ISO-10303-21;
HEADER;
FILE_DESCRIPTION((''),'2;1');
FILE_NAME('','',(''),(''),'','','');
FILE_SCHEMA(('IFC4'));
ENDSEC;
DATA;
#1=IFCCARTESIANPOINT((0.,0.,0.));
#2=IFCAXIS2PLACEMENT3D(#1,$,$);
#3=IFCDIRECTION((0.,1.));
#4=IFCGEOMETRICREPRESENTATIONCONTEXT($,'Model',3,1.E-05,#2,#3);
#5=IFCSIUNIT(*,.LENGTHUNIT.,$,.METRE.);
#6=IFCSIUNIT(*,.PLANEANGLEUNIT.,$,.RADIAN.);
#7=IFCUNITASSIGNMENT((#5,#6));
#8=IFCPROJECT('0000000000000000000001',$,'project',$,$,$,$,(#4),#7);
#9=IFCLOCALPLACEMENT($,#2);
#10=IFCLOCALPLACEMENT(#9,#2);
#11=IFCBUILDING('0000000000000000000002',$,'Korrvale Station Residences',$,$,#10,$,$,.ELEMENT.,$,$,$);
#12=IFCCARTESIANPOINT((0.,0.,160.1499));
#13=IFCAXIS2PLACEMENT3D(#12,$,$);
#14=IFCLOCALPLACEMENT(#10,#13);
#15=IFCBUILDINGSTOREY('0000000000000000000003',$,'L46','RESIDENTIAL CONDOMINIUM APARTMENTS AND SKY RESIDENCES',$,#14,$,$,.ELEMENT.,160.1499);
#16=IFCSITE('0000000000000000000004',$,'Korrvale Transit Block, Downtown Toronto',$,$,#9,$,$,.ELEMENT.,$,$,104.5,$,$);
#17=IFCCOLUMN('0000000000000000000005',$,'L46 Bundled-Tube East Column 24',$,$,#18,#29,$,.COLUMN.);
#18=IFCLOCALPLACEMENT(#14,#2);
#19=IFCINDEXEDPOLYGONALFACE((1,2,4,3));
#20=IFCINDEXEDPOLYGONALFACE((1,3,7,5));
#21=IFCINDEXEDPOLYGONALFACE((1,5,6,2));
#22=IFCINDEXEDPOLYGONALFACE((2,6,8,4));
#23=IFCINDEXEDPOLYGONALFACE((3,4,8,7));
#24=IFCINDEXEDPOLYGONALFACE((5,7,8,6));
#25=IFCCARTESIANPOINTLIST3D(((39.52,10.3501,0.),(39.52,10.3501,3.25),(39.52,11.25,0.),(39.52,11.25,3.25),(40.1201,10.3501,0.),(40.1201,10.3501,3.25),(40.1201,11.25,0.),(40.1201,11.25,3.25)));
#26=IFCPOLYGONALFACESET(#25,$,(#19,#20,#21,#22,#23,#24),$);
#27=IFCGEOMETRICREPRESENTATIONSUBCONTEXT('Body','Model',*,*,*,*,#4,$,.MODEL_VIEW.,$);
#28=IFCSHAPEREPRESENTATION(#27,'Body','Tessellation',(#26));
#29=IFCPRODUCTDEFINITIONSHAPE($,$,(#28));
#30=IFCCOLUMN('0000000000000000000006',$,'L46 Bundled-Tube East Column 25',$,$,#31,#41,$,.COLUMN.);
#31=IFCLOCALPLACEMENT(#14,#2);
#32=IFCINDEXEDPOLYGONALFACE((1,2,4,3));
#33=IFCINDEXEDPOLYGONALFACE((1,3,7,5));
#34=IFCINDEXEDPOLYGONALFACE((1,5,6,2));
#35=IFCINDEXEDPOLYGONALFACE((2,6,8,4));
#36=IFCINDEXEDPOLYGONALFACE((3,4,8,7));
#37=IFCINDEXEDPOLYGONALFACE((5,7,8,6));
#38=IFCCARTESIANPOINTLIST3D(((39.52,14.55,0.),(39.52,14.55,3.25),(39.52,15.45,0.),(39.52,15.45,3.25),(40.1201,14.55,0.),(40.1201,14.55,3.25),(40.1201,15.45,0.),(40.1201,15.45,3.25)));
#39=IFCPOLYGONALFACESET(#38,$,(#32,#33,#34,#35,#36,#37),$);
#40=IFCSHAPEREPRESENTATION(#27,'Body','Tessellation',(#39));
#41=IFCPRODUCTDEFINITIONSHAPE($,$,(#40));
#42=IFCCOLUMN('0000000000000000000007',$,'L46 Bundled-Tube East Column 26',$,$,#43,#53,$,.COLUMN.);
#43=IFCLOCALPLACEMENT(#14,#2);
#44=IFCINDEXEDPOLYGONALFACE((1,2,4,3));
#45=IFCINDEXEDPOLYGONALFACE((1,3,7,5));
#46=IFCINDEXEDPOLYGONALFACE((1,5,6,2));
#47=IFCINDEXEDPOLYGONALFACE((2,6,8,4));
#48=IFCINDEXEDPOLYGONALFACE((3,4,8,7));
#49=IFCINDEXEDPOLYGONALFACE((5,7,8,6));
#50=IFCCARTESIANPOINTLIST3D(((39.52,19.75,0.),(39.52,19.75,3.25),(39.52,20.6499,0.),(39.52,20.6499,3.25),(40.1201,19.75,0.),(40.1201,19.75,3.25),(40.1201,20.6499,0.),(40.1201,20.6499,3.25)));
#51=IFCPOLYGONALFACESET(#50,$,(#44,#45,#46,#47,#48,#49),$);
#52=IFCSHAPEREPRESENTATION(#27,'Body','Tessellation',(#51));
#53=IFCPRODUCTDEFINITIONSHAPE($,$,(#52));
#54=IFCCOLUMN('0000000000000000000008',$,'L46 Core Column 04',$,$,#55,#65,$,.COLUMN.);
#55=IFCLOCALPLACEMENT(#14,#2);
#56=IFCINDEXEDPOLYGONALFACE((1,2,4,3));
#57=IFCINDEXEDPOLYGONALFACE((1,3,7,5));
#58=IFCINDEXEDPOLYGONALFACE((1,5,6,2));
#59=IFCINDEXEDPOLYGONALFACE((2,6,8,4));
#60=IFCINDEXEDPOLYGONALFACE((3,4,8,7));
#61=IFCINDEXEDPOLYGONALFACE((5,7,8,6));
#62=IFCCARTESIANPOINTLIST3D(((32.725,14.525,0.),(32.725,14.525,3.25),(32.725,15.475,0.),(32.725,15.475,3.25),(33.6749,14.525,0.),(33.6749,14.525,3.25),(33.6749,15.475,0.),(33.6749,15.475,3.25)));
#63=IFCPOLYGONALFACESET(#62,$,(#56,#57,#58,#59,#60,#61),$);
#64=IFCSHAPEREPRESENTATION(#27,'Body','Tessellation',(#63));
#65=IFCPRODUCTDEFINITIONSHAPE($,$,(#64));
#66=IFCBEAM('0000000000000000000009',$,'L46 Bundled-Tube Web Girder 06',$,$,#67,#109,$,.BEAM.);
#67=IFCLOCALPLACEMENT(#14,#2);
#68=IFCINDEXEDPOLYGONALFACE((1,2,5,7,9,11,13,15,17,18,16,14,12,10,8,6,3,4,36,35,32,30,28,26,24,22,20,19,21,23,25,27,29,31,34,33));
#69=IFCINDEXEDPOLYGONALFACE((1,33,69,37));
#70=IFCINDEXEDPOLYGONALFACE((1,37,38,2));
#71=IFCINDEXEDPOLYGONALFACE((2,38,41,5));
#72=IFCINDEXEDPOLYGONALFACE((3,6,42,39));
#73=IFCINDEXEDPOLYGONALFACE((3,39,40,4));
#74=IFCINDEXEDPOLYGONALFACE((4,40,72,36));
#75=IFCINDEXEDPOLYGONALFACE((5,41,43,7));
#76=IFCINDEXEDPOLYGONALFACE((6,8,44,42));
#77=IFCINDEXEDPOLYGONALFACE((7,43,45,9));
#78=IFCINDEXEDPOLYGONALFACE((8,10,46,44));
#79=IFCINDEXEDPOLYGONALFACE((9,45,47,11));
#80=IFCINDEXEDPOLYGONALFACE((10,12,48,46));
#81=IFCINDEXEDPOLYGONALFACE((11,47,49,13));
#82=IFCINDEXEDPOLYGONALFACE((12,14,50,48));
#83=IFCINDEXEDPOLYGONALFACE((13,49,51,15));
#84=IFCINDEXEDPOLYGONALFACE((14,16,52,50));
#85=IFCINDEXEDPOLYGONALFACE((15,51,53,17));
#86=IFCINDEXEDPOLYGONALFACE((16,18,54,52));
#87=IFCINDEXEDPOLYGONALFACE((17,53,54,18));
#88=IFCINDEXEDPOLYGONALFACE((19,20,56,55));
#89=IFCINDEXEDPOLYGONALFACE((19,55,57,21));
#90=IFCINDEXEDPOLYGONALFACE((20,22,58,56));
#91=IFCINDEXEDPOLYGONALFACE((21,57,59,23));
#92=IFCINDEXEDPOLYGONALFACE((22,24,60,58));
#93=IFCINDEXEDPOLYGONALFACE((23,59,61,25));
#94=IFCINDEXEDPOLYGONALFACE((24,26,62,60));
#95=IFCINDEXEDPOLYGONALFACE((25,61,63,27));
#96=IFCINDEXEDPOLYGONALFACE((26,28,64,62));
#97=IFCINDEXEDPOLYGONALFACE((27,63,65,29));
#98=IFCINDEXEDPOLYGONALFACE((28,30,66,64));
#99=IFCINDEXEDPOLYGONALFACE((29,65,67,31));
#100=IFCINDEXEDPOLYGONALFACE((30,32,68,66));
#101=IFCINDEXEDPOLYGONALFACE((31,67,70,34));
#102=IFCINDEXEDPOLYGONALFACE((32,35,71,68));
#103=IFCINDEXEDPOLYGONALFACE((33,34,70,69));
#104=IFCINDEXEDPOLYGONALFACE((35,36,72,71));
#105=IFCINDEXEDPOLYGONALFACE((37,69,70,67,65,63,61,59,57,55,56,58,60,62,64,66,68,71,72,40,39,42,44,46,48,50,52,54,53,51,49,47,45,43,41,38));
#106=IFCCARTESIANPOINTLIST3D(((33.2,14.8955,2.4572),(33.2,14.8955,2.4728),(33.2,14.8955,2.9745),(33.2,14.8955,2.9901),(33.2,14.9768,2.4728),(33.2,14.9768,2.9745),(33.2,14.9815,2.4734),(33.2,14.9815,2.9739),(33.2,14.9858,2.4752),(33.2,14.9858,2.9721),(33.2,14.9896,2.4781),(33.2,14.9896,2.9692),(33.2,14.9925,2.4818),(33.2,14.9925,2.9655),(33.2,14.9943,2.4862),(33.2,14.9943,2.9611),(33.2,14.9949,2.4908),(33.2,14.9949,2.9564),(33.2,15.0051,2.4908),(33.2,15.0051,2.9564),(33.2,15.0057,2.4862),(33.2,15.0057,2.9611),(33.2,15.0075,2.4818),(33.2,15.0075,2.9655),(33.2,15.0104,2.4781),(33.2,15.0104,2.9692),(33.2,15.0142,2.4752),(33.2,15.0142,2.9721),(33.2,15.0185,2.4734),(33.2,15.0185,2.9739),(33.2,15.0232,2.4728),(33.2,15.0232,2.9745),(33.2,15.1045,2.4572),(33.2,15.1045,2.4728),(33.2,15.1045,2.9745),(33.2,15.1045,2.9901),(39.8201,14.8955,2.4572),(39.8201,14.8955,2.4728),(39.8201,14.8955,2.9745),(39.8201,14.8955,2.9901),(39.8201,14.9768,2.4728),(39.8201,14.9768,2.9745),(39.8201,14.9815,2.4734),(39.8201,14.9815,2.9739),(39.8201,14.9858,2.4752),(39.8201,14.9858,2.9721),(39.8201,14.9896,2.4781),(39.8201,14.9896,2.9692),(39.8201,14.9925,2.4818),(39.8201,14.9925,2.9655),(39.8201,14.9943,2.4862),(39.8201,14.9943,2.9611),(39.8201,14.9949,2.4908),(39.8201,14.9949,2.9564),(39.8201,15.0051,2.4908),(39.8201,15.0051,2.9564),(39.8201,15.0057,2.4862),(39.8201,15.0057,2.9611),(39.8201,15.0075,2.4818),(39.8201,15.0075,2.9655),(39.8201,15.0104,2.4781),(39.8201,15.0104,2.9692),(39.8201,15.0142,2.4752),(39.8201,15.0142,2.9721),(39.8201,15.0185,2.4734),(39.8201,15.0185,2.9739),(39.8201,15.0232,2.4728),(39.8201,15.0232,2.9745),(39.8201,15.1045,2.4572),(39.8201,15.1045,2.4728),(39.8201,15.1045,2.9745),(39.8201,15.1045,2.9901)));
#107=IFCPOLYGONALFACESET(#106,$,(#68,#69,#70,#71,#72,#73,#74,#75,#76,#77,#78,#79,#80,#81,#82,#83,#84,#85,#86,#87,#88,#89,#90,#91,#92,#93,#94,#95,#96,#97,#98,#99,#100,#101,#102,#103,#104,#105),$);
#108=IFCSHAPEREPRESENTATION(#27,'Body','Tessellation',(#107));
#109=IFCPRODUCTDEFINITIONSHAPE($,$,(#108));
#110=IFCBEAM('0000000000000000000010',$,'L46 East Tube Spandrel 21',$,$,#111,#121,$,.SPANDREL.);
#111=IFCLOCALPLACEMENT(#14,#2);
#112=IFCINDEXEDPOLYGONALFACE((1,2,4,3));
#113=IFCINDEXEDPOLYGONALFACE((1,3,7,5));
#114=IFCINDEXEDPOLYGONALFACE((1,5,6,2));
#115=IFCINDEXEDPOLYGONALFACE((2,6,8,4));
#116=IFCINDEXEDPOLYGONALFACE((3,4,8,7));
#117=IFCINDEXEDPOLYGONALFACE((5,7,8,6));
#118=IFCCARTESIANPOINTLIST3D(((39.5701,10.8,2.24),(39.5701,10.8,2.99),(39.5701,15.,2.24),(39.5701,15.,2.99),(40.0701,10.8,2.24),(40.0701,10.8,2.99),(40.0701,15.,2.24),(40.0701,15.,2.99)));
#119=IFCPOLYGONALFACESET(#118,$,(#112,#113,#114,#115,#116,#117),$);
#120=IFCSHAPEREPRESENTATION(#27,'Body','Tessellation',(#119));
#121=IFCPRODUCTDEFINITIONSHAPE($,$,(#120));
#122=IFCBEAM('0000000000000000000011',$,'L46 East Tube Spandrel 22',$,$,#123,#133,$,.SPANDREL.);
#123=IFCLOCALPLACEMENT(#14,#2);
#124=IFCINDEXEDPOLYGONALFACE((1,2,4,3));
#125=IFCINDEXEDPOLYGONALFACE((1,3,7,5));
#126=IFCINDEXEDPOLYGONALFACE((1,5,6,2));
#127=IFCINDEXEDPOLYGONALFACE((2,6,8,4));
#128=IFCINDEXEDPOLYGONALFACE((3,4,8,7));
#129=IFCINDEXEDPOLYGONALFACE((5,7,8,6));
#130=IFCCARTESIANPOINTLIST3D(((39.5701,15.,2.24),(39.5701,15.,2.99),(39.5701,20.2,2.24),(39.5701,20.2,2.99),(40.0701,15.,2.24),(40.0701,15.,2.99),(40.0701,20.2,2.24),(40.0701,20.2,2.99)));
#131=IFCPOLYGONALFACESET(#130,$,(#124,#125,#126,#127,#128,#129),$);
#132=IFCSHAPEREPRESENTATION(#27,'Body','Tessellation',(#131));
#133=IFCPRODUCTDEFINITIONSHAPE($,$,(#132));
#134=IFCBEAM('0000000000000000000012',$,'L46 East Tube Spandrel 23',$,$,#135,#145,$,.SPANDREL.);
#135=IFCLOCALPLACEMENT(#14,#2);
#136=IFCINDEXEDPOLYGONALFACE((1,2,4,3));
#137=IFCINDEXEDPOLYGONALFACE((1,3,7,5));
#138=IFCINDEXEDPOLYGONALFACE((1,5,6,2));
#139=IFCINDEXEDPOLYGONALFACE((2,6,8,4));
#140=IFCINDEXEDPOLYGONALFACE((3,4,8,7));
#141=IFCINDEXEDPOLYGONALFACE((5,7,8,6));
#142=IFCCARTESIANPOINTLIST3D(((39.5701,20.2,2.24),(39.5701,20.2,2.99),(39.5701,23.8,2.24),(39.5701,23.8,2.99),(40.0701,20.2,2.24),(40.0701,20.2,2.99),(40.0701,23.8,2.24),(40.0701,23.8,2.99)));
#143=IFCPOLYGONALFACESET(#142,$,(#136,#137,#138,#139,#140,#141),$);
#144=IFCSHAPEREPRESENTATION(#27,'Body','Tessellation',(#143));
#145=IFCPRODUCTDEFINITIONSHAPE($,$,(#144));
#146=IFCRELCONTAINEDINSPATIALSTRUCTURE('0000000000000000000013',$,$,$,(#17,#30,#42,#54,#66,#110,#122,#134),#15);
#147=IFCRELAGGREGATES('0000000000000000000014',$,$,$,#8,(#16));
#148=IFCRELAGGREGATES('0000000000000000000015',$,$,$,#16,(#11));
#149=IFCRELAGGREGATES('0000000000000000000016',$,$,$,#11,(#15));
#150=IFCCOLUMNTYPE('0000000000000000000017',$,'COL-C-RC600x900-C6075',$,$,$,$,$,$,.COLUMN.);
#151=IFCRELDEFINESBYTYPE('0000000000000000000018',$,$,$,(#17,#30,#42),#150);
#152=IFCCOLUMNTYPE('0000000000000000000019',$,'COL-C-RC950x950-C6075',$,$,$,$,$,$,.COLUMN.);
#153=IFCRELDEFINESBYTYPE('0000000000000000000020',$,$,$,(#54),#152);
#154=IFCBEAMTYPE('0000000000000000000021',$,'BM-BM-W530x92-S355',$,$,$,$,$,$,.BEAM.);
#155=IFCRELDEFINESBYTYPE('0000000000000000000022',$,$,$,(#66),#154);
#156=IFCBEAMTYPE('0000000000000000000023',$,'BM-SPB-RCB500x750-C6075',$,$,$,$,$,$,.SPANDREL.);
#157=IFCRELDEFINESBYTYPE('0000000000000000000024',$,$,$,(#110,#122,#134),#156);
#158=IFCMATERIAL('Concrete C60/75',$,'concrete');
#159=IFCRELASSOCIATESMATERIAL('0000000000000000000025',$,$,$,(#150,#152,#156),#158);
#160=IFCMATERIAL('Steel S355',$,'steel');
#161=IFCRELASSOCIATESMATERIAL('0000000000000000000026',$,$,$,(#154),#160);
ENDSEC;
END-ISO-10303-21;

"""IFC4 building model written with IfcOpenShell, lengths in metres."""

from ifc_helpers import new_model, si_unit, direction, frame, origin, origin_2d, place, context, subcontext, project, spatial, rectangle, i_section, extrude, material, material_profile, profile_set, type_object, element, save


model = new_model("IFC4")

# Units and contexts
model_context = context("Model", 3, precision=1e-05, world=origin(), true_north=direction((0.0, 1.0)))
body_context = subcontext(model_context, "Body", "Model", "MODEL_VIEW")
ifc_project = project(units=[si_unit("LENGTHUNIT", "METRE"), si_unit("PLANEANGLEUNIT", "RADIAN")], contexts=[model_context])

# Site, building, storey
site_placement = place(None, origin())
site = spatial("IfcSite", under=ifc_project, at=site_placement, Name="Korrvale Transit Block, Downtown Toronto", CompositionType="ELEMENT", RefElevation=104.5)
building_placement = place(site_placement, origin())
building = spatial("IfcBuilding", under=site, at=building_placement, Name="Korrvale Station Residences", CompositionType="ELEMENT")
storey_placement = place(building_placement, frame((0.0, 0.0, 160.1499)))
storey = spatial("IfcBuildingStorey", under=building, at=storey_placement, Name="L46", Description="RESIDENTIAL CONDOMINIUM APARTMENTS AND SKY RESIDENCES", CompositionType="ELEMENT", Elevation=160.1499)

# Columns
ifc_material_1 = material(Name="Concrete C60/75", Category="concrete")
ifc_material_profile_1 = material_profile(ifc_material_1, rectangle(XDim=0.6001, YDim=0.8999, at=origin_2d()), Name="RC600x900")
ifc_profile_set_1 = profile_set([ifc_material_profile_1], Name="Concrete C60/75")
column_type_1 = type_object("IfcColumnType", Name="COL-C-RC600x900-C6075", PredefinedType="COLUMN", material=ifc_profile_set_1)
for number, where, z_axis, x_axis, name in (
    (1, (39.8201, 10.8, 0.0), (0.0, 0.0, 1.0), (1.0, 0.0, 0.0), "L46 Bundled-Tube East Column 24"),
    (2, (39.8201, 15.0, 0.0), (0.0, 0.0, 1.0), (1.0, 0.0, 0.0), "L46 Bundled-Tube East Column 25"),
    (3, (39.8201, 20.2, 0.0), (0.0, 0.0, 1.0), (1.0, 0.0, 0.0), "L46 Bundled-Tube East Column 26"),
):
    element("IfcColumn", number, at=place(storey_placement, frame(where, z_axis=z_axis, x_axis=x_axis)), inside=storey, type_object=column_type_1, Name=name, PredefinedType="COLUMN", context=body_context, shape_type="SweptSolid", body=[
        extrude(rectangle(XDim=0.6001, YDim=0.8999, at=origin_2d()), origin(), (0.0, 0.0, 1.0), 3.25),
    ])
ifc_material_profile_2 = material_profile(ifc_material_1, rectangle(XDim=0.95, YDim=0.95, at=origin_2d()), Name="RC950x950")
ifc_profile_set_2 = profile_set([ifc_material_profile_2], Name="Concrete C60/75")
column_type_2 = type_object("IfcColumnType", Name="COL-C-RC950x950-C6075", PredefinedType="COLUMN", material=ifc_profile_set_2)
column_placement = place(storey_placement, frame((33.2, 15.0, 0.0), z_axis=(0.0, 0.0, 1.0), x_axis=(1.0, 0.0, 0.0)))
element("IfcColumn", 4, at=column_placement, inside=storey, type_object=column_type_2, Name="L46 Core Column 04", PredefinedType="COLUMN", context=body_context, shape_type="SweptSolid", body=[
    extrude(rectangle(XDim=0.95, YDim=0.95, at=origin_2d()), origin(), (0.0, 0.0, 1.0), 3.25),
])

# Beams
ifc_material_2 = material(Name="Steel S355", Category="steel")
ifc_material_profile_3 = material_profile(ifc_material_2, i_section(OverallWidth=0.209, OverallDepth=0.533, WebThickness=0.0103, FlangeThickness=0.0156, FilletRadius=0.0181, at=origin_2d()), Name="W530x92")
ifc_profile_set_3 = profile_set([ifc_material_profile_3], Name="Steel S355")
beam_type_1 = type_object("IfcBeamType", Name="BM-BM-W530x92-S355", PredefinedType="BEAM", material=ifc_profile_set_3)
beam_1_placement = place(storey_placement, frame((33.2, 15.0, 2.7236), z_axis=(1.0, 0.0, 0.0), x_axis=(0.0, 1.0, 0.0)))
element("IfcBeam", 5, at=beam_1_placement, inside=storey, type_object=beam_type_1, Name="L46 Bundled-Tube Web Girder 06", PredefinedType="BEAM", context=body_context, shape_type="SweptSolid", body=[
    extrude(i_section(OverallWidth=0.209, OverallDepth=0.533, WebThickness=0.0103, FlangeThickness=0.0156, FilletRadius=0.0181, at=origin_2d()), origin(), (0.0, 0.0, 1.0), 6.6201),
])
ifc_material_profile_4 = material_profile(ifc_material_1, rectangle(XDim=0.5, YDim=0.75, at=origin_2d()), Name="RCB500x750")
ifc_profile_set_4 = profile_set([ifc_material_profile_4], Name="Concrete C60/75")
beam_type_2 = type_object("IfcBeamType", Name="BM-SPB-RCB500x750-C6075", PredefinedType="SPANDREL", material=ifc_profile_set_4)
beam_2_placement = place(storey_placement, frame((39.8201, 10.8, 2.615), z_axis=(0.0, 1.0, 0.0), x_axis=(-1.0, 0.0, 0.0)))
element("IfcBeam", 6, at=beam_2_placement, inside=storey, type_object=beam_type_2, Name="L46 East Tube Spandrel 21", PredefinedType="SPANDREL", context=body_context, shape_type="SweptSolid", body=[
    extrude(rectangle(XDim=0.5, YDim=0.75, at=origin_2d()), origin(), (0.0, 0.0, 1.0), 4.2),
])
beam_3_placement = place(storey_placement, frame((39.8201, 15.0, 2.615), z_axis=(0.0, 1.0, 0.0), x_axis=(-1.0, 0.0, 0.0)))
element("IfcBeam", 7, at=beam_3_placement, inside=storey, type_object=beam_type_2, Name="L46 East Tube Spandrel 22", PredefinedType="SPANDREL", context=body_context, shape_type="SweptSolid", body=[
    extrude(rectangle(XDim=0.5, YDim=0.75, at=origin_2d()), origin(), (0.0, 0.0, 1.0), 5.2),
])
beam_4_placement = place(storey_placement, frame((39.8201, 20.2, 2.615), z_axis=(0.0, 1.0, 0.0), x_axis=(-1.0, 0.0, 0.0)))
element("IfcBeam", 8, at=beam_4_placement, inside=storey, type_object=beam_type_2, Name="L46 East Tube Spandrel 23", PredefinedType="SPANDREL", context=body_context, shape_type="SweptSolid", body=[
    extrude(rectangle(XDim=0.5, YDim=0.75, at=origin_2d()), origin(), (0.0, 0.0, 1.0), 3.6001),
])

save(model, "model.ifc")
